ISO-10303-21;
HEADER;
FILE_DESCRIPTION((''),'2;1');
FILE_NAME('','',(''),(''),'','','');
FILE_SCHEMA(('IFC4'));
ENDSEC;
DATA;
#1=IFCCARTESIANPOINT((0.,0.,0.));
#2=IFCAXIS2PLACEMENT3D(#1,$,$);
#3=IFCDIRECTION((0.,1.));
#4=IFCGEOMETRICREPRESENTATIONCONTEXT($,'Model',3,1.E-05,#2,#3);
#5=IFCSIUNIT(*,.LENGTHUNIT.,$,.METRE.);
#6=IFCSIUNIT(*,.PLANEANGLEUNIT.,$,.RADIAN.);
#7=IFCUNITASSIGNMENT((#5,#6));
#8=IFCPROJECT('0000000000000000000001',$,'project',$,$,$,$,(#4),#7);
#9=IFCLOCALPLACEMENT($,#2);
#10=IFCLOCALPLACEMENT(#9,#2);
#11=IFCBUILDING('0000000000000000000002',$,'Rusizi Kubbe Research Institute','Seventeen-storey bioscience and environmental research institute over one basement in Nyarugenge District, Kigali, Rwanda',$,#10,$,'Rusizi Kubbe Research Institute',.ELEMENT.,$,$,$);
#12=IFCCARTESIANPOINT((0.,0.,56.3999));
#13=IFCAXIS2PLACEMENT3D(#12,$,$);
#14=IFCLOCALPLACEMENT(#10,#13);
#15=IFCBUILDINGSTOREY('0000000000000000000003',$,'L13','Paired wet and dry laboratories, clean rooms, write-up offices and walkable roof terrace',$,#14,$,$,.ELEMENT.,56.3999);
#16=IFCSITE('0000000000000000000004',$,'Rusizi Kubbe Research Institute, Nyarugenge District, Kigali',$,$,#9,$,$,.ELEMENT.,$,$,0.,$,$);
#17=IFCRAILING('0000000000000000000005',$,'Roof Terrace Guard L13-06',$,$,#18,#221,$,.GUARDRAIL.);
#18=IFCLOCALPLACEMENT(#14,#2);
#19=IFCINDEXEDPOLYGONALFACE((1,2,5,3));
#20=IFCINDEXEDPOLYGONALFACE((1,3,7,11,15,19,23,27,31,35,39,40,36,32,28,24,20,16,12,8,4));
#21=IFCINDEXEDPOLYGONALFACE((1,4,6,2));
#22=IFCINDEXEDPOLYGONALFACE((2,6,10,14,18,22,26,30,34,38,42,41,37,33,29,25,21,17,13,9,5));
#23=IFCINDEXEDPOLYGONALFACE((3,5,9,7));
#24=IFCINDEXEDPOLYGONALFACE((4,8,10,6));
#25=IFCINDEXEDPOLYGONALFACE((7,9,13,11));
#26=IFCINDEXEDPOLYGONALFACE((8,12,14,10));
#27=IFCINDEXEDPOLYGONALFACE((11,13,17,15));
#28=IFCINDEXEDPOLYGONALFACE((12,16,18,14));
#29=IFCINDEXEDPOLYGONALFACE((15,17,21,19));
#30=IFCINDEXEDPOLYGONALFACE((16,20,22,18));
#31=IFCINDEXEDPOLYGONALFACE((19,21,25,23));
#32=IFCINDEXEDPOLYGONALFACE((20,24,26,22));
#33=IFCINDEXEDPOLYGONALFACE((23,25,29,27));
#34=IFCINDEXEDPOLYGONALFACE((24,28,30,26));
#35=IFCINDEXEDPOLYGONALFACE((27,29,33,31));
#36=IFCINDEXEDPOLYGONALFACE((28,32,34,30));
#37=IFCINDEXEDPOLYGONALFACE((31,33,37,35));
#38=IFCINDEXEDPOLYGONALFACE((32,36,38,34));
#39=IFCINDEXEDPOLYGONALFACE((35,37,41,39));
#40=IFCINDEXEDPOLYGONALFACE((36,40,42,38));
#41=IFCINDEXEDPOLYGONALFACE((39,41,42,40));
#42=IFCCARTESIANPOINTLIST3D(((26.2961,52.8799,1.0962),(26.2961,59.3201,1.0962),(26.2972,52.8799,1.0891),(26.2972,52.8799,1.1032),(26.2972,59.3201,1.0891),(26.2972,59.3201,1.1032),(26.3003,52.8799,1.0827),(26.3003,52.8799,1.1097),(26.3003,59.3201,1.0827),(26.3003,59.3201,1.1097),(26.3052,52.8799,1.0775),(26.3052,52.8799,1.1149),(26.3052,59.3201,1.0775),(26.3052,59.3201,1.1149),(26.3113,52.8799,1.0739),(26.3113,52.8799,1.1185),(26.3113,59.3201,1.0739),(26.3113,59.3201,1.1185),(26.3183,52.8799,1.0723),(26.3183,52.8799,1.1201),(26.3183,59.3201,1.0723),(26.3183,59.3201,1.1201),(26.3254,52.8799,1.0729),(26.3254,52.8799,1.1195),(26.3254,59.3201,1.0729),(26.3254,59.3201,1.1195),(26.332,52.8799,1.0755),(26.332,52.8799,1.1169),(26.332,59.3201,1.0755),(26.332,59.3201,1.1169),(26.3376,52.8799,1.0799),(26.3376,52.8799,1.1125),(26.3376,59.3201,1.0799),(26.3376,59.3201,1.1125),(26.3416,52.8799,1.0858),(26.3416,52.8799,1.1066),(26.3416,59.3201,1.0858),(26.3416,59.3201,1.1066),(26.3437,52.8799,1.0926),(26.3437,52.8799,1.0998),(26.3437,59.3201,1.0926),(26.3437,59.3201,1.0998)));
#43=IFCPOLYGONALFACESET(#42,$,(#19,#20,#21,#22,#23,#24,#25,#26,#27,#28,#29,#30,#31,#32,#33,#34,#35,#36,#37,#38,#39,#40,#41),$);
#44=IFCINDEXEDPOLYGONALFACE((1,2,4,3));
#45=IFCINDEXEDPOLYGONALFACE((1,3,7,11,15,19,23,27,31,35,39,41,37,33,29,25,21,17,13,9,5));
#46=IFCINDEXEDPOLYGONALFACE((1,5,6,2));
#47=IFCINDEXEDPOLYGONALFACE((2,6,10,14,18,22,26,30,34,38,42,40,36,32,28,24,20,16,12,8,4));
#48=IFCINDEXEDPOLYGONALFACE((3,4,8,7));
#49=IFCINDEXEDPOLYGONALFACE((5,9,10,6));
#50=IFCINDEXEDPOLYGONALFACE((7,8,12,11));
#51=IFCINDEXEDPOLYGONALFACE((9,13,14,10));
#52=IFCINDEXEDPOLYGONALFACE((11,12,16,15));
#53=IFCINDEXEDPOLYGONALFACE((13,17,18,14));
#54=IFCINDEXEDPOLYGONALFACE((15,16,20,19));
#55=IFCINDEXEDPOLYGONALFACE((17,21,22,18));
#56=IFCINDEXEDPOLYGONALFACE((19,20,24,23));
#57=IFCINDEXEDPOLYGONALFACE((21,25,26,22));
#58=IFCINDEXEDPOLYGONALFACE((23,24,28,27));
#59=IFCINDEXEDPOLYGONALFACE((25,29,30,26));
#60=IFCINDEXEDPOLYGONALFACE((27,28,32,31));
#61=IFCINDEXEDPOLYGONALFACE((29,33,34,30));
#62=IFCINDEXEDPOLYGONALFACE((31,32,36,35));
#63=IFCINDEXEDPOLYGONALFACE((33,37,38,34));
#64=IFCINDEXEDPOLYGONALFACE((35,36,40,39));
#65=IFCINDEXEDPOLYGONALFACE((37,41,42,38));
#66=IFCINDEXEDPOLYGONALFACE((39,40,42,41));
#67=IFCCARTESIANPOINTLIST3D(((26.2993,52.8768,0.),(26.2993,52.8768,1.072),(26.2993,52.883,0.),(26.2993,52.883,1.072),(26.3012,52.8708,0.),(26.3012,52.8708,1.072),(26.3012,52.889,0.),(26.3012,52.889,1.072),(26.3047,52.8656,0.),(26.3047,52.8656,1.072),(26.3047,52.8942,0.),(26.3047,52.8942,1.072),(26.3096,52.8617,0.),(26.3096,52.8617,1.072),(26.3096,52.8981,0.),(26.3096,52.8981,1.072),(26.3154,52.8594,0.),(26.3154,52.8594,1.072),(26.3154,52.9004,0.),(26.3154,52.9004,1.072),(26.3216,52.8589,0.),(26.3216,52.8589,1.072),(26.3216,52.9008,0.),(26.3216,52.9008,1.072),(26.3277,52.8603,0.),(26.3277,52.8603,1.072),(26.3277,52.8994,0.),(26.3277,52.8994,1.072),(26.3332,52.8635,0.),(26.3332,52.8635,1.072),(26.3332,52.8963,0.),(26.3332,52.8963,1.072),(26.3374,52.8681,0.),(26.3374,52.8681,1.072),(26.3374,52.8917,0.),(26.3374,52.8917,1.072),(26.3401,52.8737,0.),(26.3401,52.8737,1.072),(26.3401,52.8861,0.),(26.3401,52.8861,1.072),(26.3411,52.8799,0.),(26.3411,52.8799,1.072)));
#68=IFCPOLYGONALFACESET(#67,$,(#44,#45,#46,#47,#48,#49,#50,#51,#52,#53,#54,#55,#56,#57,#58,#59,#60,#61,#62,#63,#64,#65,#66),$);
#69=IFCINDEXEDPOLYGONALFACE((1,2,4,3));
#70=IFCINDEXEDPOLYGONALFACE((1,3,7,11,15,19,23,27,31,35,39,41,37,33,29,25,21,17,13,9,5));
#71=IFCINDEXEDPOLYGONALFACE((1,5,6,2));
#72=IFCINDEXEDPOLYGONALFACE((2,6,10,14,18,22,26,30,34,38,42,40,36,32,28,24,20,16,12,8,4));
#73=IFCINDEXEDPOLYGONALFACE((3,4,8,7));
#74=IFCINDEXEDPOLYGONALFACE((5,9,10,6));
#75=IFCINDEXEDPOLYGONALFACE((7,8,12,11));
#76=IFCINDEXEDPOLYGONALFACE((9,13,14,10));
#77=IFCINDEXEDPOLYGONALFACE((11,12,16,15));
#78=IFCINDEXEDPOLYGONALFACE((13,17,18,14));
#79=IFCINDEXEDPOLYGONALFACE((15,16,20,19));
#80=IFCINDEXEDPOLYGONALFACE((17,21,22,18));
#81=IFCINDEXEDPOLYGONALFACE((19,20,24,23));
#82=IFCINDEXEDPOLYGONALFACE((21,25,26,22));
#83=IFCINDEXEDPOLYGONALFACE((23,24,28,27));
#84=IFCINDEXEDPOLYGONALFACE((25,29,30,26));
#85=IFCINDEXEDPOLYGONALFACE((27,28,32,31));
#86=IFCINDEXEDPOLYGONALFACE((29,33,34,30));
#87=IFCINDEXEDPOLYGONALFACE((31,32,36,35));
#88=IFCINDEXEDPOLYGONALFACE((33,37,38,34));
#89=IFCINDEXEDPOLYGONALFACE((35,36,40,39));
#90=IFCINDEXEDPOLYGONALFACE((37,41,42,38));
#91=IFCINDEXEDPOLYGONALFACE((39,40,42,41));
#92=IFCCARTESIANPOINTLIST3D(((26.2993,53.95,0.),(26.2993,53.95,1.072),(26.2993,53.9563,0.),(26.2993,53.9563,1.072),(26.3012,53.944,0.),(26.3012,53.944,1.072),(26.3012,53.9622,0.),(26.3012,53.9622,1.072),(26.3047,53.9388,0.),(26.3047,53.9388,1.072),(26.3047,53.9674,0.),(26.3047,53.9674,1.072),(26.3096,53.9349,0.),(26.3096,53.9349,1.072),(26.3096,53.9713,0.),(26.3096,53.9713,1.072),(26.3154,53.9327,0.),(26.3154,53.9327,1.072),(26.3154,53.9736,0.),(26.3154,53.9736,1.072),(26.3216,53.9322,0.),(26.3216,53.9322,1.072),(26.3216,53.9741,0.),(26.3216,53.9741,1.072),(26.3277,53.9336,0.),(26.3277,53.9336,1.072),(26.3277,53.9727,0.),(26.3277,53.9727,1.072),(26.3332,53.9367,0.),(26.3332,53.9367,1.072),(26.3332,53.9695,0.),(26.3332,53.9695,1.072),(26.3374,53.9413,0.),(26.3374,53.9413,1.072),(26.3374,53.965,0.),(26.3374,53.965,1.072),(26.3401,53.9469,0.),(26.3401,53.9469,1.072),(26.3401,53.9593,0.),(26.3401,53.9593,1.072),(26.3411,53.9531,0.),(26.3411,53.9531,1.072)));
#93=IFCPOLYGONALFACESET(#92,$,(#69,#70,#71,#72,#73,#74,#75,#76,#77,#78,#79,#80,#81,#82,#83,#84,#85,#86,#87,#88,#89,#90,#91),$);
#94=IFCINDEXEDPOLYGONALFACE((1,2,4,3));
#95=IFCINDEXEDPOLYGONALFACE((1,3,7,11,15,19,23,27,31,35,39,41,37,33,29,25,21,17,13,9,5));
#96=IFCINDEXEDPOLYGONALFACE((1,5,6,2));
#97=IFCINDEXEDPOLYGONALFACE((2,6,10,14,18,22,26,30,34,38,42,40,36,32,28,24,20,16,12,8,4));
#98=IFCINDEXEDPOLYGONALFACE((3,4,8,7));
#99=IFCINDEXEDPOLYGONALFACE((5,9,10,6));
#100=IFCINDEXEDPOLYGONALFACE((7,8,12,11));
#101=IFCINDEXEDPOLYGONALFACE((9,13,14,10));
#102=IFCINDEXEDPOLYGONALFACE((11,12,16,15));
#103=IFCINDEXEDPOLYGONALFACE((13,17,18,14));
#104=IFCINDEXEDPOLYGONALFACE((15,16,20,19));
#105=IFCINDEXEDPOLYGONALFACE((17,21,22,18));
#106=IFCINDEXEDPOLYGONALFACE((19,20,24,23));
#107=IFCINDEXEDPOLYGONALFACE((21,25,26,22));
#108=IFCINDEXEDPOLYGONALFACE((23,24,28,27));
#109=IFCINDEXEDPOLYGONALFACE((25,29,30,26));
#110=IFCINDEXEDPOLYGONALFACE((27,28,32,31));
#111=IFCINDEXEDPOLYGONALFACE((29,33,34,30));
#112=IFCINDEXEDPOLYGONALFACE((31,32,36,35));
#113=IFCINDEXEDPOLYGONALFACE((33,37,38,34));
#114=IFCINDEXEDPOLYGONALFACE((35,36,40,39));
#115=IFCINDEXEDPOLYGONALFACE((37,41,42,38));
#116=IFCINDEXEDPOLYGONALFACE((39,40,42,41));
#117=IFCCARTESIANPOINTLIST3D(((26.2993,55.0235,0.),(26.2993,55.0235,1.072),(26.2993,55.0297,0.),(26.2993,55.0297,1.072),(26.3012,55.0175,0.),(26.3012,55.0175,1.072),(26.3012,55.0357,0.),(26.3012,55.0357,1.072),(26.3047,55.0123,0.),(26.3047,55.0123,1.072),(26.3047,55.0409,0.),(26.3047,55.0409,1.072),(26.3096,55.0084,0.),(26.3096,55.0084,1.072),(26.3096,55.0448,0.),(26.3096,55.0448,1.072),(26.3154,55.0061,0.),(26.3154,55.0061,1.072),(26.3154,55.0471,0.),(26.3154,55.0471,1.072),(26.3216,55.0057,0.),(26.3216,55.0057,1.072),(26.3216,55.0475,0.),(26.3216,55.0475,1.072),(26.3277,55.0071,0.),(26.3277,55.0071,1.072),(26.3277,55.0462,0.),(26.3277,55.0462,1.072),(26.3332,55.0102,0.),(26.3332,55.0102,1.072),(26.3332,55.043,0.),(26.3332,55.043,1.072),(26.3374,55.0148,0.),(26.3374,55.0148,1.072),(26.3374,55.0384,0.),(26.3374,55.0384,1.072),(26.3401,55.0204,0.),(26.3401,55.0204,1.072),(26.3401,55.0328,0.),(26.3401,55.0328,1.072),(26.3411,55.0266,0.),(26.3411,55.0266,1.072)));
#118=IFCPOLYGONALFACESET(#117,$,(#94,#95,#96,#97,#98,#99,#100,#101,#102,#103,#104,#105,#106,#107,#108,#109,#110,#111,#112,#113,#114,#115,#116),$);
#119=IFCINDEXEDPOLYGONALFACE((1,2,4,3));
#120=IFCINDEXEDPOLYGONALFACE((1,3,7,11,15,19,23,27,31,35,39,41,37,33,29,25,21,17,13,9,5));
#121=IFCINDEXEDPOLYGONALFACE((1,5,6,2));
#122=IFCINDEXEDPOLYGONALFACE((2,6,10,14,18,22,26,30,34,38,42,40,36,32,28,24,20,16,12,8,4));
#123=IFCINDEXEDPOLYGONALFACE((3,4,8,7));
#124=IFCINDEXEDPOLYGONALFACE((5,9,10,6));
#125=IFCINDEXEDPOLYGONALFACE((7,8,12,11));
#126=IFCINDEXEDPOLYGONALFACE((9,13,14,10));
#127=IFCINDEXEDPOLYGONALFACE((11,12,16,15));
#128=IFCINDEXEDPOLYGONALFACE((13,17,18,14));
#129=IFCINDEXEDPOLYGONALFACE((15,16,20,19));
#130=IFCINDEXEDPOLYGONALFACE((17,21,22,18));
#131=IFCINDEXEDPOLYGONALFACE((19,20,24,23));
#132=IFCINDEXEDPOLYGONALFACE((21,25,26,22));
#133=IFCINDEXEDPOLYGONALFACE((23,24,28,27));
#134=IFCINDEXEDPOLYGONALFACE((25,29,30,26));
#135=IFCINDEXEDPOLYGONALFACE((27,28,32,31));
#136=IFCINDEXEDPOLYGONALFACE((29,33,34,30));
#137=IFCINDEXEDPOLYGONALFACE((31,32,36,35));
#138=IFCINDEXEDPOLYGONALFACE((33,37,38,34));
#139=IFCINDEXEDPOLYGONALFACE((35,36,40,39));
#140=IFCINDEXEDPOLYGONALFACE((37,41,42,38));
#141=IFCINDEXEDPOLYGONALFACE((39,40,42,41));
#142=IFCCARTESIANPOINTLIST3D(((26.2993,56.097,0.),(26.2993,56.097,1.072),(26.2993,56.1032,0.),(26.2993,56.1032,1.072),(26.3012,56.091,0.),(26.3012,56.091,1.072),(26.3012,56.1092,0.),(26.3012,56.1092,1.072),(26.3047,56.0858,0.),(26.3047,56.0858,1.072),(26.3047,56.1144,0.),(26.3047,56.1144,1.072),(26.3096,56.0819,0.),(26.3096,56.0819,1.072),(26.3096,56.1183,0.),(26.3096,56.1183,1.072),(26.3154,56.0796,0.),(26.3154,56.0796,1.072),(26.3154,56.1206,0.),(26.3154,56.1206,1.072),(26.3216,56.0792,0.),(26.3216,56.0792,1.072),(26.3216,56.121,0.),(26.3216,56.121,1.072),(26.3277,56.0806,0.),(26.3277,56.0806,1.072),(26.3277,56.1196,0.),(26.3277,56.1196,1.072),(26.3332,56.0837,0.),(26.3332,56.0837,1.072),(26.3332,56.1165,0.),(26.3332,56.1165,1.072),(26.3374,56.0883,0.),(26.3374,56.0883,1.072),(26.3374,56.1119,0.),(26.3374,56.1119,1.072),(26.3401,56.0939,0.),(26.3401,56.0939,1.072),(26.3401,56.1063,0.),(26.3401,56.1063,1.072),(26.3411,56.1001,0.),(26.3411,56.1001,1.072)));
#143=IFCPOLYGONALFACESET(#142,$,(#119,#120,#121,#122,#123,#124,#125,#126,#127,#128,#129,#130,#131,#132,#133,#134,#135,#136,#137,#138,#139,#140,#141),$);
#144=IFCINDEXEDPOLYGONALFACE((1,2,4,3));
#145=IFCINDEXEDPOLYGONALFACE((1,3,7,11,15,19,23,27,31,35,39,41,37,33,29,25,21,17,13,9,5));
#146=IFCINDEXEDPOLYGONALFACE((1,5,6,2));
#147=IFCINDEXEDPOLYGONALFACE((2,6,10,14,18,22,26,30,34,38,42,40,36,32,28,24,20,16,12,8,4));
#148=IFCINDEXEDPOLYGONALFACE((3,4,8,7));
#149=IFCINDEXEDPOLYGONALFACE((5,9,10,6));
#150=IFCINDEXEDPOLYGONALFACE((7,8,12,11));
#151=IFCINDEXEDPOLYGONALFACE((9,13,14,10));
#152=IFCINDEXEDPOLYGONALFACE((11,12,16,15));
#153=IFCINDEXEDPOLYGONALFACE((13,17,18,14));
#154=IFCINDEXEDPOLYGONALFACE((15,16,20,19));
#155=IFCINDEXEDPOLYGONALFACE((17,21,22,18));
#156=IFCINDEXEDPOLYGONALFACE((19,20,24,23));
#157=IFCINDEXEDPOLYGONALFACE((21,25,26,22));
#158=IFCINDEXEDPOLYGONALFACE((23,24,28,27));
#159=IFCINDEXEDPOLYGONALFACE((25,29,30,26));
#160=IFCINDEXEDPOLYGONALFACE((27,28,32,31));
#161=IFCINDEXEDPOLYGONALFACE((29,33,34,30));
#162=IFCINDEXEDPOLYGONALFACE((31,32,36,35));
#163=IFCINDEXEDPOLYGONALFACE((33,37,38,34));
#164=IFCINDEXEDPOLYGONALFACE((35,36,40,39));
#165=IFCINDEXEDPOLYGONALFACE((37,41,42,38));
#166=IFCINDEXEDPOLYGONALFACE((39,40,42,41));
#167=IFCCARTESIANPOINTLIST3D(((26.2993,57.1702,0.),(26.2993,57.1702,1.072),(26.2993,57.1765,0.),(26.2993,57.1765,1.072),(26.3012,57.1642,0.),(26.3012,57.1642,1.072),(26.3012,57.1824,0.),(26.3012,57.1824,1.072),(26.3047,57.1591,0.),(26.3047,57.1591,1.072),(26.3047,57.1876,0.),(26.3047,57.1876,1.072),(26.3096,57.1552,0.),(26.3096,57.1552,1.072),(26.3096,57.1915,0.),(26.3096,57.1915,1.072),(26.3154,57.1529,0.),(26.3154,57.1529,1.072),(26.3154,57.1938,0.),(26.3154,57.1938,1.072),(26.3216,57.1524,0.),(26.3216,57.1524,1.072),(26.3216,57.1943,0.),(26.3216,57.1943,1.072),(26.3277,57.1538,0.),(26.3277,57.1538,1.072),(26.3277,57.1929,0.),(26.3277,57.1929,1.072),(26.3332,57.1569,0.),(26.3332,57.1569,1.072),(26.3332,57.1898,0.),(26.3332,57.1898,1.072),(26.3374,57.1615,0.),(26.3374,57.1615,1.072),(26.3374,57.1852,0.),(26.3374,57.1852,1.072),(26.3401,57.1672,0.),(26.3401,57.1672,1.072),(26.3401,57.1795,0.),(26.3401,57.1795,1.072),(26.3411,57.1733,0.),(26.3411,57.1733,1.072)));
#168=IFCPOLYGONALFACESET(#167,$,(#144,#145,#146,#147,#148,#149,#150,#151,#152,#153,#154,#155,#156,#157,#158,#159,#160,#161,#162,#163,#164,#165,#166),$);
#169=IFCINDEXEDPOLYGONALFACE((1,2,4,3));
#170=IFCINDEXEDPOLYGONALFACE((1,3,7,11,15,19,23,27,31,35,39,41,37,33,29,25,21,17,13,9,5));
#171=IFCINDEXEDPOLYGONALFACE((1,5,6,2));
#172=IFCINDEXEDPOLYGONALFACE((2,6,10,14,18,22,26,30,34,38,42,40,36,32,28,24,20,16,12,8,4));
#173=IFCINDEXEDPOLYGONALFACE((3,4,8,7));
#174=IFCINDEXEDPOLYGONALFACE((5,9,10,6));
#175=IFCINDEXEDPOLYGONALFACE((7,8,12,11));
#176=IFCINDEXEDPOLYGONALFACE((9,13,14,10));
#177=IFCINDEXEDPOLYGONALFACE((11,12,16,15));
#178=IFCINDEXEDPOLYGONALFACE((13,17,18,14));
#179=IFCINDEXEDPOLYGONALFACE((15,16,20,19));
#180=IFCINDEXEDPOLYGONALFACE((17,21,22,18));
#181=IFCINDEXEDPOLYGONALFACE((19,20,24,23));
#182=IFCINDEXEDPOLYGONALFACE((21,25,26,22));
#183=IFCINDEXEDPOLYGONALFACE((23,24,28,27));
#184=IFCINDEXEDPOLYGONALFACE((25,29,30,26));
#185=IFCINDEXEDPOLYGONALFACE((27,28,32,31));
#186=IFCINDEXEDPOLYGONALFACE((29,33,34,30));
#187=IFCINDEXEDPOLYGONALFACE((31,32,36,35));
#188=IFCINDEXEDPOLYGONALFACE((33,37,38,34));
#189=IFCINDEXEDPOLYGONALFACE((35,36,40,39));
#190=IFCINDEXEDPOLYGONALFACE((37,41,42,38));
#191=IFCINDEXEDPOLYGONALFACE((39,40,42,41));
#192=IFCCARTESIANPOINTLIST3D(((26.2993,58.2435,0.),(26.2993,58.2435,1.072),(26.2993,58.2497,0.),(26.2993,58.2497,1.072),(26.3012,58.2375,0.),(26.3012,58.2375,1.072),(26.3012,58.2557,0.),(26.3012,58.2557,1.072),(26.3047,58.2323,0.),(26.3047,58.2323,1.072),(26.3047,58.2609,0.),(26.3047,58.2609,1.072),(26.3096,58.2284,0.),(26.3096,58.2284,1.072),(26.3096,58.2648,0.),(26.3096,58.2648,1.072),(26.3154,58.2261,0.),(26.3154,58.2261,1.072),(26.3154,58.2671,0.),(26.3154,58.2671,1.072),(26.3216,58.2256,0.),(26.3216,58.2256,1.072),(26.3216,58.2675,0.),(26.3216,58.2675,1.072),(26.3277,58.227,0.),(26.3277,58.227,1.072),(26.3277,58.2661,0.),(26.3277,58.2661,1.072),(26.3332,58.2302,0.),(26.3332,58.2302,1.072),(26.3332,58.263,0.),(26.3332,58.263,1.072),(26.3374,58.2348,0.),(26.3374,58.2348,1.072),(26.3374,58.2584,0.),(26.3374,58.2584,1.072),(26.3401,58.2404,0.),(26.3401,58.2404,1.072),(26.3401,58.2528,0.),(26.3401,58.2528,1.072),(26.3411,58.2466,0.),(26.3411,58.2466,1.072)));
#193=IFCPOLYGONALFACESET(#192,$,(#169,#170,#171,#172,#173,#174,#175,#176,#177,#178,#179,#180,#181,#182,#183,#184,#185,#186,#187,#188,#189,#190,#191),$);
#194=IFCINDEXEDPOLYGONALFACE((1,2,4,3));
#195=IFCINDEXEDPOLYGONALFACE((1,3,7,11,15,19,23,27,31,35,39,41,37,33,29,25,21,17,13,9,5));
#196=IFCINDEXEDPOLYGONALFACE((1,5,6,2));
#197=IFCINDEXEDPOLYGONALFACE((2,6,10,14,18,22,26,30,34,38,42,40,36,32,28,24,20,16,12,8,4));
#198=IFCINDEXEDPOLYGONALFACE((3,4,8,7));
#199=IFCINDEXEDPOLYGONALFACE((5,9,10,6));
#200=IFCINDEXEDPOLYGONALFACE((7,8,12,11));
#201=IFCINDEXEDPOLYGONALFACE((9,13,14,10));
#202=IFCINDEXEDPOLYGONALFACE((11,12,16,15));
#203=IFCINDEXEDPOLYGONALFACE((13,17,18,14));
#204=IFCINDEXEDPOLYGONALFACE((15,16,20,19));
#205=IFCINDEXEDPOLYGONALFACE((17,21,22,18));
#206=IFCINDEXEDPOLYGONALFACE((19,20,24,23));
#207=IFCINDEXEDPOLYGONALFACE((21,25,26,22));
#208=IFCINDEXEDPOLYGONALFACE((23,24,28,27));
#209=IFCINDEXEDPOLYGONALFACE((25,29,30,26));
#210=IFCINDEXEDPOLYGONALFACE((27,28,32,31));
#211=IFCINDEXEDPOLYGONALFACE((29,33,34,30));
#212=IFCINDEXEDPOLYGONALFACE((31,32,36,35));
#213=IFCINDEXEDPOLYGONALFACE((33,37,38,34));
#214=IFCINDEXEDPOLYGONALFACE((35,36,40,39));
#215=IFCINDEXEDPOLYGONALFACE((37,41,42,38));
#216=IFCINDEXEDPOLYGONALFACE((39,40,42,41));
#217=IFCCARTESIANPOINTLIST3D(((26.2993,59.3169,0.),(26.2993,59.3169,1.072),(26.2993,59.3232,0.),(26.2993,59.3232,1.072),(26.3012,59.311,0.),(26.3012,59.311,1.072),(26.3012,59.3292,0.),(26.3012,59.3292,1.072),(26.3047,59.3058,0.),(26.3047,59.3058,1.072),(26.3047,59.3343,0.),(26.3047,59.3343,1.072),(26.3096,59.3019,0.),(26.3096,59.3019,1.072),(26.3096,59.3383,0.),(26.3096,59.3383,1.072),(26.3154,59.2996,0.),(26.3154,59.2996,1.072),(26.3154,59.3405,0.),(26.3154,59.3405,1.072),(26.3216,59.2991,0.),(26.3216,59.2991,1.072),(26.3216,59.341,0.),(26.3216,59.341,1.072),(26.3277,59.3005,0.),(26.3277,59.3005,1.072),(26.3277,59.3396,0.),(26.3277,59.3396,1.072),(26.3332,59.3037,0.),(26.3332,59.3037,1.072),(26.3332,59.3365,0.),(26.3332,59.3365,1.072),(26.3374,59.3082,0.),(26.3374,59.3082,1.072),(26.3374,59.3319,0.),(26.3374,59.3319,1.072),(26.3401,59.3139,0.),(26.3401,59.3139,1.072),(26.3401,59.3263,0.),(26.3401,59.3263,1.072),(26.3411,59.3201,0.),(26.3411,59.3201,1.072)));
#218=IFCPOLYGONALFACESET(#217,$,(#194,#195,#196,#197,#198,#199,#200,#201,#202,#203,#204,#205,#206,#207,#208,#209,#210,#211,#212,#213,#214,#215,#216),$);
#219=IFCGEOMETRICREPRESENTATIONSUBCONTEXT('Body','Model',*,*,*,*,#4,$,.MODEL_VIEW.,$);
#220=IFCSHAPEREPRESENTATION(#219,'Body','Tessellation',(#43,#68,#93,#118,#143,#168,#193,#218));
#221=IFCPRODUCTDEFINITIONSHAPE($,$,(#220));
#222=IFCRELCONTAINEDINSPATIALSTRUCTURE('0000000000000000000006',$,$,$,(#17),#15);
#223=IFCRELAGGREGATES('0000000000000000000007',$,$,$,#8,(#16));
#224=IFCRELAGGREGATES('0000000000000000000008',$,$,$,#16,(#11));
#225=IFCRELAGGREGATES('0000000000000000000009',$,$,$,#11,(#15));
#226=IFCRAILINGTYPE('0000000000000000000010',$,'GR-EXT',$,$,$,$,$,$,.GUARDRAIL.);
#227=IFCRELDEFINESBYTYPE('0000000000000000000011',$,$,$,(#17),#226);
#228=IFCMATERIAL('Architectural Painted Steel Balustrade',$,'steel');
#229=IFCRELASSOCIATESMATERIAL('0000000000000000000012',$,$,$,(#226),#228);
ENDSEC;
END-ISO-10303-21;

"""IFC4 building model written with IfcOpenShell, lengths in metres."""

from ifc_helpers import new_model, si_unit, direction, frame, origin, origin_2d, place, context, subcontext, project, spatial, circle, extrude, material, type_object, element, save


model = new_model("IFC4")

# Units and contexts
model_context = context("Model", 3, precision=1e-05, world=origin(), true_north=direction((0.0, 1.0)))
body_context = subcontext(model_context, "Body", "Model", "MODEL_VIEW")
ifc_project = project(units=[si_unit("LENGTHUNIT", "METRE"), si_unit("PLANEANGLEUNIT", "RADIAN")], contexts=[model_context])

# Site, building, storey
site_placement = place(None, origin())
site = spatial("IfcSite", under=ifc_project, at=site_placement, Name="Rusizi Kubbe Research Institute, Nyarugenge District, Kigali", CompositionType="ELEMENT", RefElevation=0.0)
building_placement = place(site_placement, origin())
building = spatial("IfcBuilding", under=site, at=building_placement, Name="Rusizi Kubbe Research Institute", Description="Seventeen-storey bioscience and environmental research institute over one basement in Nyarugenge District, Kigali, Rwanda", LongName="Rusizi Kubbe Research Institute", CompositionType="ELEMENT")
storey_placement = place(building_placement, frame((0.0, 0.0, 56.3999)))
storey = spatial("IfcBuildingStorey", under=building, at=storey_placement, Name="L13", Description="Paired wet and dry laboratories, clean rooms, write-up offices and walkable roof terrace", CompositionType="ELEMENT", Elevation=56.3999)

# Railing
ifc_material_1 = material(Name="Architectural Painted Steel Balustrade", Category="steel")
railing_type_1 = type_object("IfcRailingType", Name="GR-EXT", PredefinedType="GUARDRAIL", material=ifc_material_1)
railing_1_placement = place(storey_placement, frame((26.3201, 52.8799, 0.0)))
element("IfcRailing", 1, at=railing_1_placement, inside=storey, type_object=railing_type_1, Name="Roof Terrace Guard L13-06", PredefinedType="GUARDRAIL", context=body_context, shape_type="SweptSolid", body=[
    extrude(circle(Radius=0.0239, at=origin_2d()), frame((0.0, 0.0, 1.0962), z_axis=(0.0, 1.0, 0.0), x_axis=(-1.0, 0.0, 0.0)), (0.0, 0.0, 1.0), 6.4402),
    extrude(circle(Radius=0.021, at=origin_2d()), origin(), (0.0, 0.0, 1.0), 1.072),
    extrude(circle(Radius=0.021, at=origin_2d()), frame((0.0, 1.0732, 0.0)), (0.0, 0.0, 1.0), 1.072),
    extrude(circle(Radius=0.021, at=origin_2d()), frame((0.0, 2.1467, 0.0)), (0.0, 0.0, 1.0), 1.072),
    extrude(circle(Radius=0.021, at=origin_2d()), frame((0.0, 3.2202, 0.0)), (0.0, 0.0, 1.0), 1.072),
    extrude(circle(Radius=0.021, at=origin_2d()), frame((0.0, 4.2935, 0.0)), (0.0, 0.0, 1.0), 1.072),
    extrude(circle(Radius=0.021, at=origin_2d()), frame((0.0, 5.3667, 0.0)), (0.0, 0.0, 1.0), 1.072),
    extrude(circle(Radius=0.021, at=origin_2d()), frame((0.0, 6.4402, 0.0)), (0.0, 0.0, 1.0), 1.072),
])

save(model, "model.ifc")
